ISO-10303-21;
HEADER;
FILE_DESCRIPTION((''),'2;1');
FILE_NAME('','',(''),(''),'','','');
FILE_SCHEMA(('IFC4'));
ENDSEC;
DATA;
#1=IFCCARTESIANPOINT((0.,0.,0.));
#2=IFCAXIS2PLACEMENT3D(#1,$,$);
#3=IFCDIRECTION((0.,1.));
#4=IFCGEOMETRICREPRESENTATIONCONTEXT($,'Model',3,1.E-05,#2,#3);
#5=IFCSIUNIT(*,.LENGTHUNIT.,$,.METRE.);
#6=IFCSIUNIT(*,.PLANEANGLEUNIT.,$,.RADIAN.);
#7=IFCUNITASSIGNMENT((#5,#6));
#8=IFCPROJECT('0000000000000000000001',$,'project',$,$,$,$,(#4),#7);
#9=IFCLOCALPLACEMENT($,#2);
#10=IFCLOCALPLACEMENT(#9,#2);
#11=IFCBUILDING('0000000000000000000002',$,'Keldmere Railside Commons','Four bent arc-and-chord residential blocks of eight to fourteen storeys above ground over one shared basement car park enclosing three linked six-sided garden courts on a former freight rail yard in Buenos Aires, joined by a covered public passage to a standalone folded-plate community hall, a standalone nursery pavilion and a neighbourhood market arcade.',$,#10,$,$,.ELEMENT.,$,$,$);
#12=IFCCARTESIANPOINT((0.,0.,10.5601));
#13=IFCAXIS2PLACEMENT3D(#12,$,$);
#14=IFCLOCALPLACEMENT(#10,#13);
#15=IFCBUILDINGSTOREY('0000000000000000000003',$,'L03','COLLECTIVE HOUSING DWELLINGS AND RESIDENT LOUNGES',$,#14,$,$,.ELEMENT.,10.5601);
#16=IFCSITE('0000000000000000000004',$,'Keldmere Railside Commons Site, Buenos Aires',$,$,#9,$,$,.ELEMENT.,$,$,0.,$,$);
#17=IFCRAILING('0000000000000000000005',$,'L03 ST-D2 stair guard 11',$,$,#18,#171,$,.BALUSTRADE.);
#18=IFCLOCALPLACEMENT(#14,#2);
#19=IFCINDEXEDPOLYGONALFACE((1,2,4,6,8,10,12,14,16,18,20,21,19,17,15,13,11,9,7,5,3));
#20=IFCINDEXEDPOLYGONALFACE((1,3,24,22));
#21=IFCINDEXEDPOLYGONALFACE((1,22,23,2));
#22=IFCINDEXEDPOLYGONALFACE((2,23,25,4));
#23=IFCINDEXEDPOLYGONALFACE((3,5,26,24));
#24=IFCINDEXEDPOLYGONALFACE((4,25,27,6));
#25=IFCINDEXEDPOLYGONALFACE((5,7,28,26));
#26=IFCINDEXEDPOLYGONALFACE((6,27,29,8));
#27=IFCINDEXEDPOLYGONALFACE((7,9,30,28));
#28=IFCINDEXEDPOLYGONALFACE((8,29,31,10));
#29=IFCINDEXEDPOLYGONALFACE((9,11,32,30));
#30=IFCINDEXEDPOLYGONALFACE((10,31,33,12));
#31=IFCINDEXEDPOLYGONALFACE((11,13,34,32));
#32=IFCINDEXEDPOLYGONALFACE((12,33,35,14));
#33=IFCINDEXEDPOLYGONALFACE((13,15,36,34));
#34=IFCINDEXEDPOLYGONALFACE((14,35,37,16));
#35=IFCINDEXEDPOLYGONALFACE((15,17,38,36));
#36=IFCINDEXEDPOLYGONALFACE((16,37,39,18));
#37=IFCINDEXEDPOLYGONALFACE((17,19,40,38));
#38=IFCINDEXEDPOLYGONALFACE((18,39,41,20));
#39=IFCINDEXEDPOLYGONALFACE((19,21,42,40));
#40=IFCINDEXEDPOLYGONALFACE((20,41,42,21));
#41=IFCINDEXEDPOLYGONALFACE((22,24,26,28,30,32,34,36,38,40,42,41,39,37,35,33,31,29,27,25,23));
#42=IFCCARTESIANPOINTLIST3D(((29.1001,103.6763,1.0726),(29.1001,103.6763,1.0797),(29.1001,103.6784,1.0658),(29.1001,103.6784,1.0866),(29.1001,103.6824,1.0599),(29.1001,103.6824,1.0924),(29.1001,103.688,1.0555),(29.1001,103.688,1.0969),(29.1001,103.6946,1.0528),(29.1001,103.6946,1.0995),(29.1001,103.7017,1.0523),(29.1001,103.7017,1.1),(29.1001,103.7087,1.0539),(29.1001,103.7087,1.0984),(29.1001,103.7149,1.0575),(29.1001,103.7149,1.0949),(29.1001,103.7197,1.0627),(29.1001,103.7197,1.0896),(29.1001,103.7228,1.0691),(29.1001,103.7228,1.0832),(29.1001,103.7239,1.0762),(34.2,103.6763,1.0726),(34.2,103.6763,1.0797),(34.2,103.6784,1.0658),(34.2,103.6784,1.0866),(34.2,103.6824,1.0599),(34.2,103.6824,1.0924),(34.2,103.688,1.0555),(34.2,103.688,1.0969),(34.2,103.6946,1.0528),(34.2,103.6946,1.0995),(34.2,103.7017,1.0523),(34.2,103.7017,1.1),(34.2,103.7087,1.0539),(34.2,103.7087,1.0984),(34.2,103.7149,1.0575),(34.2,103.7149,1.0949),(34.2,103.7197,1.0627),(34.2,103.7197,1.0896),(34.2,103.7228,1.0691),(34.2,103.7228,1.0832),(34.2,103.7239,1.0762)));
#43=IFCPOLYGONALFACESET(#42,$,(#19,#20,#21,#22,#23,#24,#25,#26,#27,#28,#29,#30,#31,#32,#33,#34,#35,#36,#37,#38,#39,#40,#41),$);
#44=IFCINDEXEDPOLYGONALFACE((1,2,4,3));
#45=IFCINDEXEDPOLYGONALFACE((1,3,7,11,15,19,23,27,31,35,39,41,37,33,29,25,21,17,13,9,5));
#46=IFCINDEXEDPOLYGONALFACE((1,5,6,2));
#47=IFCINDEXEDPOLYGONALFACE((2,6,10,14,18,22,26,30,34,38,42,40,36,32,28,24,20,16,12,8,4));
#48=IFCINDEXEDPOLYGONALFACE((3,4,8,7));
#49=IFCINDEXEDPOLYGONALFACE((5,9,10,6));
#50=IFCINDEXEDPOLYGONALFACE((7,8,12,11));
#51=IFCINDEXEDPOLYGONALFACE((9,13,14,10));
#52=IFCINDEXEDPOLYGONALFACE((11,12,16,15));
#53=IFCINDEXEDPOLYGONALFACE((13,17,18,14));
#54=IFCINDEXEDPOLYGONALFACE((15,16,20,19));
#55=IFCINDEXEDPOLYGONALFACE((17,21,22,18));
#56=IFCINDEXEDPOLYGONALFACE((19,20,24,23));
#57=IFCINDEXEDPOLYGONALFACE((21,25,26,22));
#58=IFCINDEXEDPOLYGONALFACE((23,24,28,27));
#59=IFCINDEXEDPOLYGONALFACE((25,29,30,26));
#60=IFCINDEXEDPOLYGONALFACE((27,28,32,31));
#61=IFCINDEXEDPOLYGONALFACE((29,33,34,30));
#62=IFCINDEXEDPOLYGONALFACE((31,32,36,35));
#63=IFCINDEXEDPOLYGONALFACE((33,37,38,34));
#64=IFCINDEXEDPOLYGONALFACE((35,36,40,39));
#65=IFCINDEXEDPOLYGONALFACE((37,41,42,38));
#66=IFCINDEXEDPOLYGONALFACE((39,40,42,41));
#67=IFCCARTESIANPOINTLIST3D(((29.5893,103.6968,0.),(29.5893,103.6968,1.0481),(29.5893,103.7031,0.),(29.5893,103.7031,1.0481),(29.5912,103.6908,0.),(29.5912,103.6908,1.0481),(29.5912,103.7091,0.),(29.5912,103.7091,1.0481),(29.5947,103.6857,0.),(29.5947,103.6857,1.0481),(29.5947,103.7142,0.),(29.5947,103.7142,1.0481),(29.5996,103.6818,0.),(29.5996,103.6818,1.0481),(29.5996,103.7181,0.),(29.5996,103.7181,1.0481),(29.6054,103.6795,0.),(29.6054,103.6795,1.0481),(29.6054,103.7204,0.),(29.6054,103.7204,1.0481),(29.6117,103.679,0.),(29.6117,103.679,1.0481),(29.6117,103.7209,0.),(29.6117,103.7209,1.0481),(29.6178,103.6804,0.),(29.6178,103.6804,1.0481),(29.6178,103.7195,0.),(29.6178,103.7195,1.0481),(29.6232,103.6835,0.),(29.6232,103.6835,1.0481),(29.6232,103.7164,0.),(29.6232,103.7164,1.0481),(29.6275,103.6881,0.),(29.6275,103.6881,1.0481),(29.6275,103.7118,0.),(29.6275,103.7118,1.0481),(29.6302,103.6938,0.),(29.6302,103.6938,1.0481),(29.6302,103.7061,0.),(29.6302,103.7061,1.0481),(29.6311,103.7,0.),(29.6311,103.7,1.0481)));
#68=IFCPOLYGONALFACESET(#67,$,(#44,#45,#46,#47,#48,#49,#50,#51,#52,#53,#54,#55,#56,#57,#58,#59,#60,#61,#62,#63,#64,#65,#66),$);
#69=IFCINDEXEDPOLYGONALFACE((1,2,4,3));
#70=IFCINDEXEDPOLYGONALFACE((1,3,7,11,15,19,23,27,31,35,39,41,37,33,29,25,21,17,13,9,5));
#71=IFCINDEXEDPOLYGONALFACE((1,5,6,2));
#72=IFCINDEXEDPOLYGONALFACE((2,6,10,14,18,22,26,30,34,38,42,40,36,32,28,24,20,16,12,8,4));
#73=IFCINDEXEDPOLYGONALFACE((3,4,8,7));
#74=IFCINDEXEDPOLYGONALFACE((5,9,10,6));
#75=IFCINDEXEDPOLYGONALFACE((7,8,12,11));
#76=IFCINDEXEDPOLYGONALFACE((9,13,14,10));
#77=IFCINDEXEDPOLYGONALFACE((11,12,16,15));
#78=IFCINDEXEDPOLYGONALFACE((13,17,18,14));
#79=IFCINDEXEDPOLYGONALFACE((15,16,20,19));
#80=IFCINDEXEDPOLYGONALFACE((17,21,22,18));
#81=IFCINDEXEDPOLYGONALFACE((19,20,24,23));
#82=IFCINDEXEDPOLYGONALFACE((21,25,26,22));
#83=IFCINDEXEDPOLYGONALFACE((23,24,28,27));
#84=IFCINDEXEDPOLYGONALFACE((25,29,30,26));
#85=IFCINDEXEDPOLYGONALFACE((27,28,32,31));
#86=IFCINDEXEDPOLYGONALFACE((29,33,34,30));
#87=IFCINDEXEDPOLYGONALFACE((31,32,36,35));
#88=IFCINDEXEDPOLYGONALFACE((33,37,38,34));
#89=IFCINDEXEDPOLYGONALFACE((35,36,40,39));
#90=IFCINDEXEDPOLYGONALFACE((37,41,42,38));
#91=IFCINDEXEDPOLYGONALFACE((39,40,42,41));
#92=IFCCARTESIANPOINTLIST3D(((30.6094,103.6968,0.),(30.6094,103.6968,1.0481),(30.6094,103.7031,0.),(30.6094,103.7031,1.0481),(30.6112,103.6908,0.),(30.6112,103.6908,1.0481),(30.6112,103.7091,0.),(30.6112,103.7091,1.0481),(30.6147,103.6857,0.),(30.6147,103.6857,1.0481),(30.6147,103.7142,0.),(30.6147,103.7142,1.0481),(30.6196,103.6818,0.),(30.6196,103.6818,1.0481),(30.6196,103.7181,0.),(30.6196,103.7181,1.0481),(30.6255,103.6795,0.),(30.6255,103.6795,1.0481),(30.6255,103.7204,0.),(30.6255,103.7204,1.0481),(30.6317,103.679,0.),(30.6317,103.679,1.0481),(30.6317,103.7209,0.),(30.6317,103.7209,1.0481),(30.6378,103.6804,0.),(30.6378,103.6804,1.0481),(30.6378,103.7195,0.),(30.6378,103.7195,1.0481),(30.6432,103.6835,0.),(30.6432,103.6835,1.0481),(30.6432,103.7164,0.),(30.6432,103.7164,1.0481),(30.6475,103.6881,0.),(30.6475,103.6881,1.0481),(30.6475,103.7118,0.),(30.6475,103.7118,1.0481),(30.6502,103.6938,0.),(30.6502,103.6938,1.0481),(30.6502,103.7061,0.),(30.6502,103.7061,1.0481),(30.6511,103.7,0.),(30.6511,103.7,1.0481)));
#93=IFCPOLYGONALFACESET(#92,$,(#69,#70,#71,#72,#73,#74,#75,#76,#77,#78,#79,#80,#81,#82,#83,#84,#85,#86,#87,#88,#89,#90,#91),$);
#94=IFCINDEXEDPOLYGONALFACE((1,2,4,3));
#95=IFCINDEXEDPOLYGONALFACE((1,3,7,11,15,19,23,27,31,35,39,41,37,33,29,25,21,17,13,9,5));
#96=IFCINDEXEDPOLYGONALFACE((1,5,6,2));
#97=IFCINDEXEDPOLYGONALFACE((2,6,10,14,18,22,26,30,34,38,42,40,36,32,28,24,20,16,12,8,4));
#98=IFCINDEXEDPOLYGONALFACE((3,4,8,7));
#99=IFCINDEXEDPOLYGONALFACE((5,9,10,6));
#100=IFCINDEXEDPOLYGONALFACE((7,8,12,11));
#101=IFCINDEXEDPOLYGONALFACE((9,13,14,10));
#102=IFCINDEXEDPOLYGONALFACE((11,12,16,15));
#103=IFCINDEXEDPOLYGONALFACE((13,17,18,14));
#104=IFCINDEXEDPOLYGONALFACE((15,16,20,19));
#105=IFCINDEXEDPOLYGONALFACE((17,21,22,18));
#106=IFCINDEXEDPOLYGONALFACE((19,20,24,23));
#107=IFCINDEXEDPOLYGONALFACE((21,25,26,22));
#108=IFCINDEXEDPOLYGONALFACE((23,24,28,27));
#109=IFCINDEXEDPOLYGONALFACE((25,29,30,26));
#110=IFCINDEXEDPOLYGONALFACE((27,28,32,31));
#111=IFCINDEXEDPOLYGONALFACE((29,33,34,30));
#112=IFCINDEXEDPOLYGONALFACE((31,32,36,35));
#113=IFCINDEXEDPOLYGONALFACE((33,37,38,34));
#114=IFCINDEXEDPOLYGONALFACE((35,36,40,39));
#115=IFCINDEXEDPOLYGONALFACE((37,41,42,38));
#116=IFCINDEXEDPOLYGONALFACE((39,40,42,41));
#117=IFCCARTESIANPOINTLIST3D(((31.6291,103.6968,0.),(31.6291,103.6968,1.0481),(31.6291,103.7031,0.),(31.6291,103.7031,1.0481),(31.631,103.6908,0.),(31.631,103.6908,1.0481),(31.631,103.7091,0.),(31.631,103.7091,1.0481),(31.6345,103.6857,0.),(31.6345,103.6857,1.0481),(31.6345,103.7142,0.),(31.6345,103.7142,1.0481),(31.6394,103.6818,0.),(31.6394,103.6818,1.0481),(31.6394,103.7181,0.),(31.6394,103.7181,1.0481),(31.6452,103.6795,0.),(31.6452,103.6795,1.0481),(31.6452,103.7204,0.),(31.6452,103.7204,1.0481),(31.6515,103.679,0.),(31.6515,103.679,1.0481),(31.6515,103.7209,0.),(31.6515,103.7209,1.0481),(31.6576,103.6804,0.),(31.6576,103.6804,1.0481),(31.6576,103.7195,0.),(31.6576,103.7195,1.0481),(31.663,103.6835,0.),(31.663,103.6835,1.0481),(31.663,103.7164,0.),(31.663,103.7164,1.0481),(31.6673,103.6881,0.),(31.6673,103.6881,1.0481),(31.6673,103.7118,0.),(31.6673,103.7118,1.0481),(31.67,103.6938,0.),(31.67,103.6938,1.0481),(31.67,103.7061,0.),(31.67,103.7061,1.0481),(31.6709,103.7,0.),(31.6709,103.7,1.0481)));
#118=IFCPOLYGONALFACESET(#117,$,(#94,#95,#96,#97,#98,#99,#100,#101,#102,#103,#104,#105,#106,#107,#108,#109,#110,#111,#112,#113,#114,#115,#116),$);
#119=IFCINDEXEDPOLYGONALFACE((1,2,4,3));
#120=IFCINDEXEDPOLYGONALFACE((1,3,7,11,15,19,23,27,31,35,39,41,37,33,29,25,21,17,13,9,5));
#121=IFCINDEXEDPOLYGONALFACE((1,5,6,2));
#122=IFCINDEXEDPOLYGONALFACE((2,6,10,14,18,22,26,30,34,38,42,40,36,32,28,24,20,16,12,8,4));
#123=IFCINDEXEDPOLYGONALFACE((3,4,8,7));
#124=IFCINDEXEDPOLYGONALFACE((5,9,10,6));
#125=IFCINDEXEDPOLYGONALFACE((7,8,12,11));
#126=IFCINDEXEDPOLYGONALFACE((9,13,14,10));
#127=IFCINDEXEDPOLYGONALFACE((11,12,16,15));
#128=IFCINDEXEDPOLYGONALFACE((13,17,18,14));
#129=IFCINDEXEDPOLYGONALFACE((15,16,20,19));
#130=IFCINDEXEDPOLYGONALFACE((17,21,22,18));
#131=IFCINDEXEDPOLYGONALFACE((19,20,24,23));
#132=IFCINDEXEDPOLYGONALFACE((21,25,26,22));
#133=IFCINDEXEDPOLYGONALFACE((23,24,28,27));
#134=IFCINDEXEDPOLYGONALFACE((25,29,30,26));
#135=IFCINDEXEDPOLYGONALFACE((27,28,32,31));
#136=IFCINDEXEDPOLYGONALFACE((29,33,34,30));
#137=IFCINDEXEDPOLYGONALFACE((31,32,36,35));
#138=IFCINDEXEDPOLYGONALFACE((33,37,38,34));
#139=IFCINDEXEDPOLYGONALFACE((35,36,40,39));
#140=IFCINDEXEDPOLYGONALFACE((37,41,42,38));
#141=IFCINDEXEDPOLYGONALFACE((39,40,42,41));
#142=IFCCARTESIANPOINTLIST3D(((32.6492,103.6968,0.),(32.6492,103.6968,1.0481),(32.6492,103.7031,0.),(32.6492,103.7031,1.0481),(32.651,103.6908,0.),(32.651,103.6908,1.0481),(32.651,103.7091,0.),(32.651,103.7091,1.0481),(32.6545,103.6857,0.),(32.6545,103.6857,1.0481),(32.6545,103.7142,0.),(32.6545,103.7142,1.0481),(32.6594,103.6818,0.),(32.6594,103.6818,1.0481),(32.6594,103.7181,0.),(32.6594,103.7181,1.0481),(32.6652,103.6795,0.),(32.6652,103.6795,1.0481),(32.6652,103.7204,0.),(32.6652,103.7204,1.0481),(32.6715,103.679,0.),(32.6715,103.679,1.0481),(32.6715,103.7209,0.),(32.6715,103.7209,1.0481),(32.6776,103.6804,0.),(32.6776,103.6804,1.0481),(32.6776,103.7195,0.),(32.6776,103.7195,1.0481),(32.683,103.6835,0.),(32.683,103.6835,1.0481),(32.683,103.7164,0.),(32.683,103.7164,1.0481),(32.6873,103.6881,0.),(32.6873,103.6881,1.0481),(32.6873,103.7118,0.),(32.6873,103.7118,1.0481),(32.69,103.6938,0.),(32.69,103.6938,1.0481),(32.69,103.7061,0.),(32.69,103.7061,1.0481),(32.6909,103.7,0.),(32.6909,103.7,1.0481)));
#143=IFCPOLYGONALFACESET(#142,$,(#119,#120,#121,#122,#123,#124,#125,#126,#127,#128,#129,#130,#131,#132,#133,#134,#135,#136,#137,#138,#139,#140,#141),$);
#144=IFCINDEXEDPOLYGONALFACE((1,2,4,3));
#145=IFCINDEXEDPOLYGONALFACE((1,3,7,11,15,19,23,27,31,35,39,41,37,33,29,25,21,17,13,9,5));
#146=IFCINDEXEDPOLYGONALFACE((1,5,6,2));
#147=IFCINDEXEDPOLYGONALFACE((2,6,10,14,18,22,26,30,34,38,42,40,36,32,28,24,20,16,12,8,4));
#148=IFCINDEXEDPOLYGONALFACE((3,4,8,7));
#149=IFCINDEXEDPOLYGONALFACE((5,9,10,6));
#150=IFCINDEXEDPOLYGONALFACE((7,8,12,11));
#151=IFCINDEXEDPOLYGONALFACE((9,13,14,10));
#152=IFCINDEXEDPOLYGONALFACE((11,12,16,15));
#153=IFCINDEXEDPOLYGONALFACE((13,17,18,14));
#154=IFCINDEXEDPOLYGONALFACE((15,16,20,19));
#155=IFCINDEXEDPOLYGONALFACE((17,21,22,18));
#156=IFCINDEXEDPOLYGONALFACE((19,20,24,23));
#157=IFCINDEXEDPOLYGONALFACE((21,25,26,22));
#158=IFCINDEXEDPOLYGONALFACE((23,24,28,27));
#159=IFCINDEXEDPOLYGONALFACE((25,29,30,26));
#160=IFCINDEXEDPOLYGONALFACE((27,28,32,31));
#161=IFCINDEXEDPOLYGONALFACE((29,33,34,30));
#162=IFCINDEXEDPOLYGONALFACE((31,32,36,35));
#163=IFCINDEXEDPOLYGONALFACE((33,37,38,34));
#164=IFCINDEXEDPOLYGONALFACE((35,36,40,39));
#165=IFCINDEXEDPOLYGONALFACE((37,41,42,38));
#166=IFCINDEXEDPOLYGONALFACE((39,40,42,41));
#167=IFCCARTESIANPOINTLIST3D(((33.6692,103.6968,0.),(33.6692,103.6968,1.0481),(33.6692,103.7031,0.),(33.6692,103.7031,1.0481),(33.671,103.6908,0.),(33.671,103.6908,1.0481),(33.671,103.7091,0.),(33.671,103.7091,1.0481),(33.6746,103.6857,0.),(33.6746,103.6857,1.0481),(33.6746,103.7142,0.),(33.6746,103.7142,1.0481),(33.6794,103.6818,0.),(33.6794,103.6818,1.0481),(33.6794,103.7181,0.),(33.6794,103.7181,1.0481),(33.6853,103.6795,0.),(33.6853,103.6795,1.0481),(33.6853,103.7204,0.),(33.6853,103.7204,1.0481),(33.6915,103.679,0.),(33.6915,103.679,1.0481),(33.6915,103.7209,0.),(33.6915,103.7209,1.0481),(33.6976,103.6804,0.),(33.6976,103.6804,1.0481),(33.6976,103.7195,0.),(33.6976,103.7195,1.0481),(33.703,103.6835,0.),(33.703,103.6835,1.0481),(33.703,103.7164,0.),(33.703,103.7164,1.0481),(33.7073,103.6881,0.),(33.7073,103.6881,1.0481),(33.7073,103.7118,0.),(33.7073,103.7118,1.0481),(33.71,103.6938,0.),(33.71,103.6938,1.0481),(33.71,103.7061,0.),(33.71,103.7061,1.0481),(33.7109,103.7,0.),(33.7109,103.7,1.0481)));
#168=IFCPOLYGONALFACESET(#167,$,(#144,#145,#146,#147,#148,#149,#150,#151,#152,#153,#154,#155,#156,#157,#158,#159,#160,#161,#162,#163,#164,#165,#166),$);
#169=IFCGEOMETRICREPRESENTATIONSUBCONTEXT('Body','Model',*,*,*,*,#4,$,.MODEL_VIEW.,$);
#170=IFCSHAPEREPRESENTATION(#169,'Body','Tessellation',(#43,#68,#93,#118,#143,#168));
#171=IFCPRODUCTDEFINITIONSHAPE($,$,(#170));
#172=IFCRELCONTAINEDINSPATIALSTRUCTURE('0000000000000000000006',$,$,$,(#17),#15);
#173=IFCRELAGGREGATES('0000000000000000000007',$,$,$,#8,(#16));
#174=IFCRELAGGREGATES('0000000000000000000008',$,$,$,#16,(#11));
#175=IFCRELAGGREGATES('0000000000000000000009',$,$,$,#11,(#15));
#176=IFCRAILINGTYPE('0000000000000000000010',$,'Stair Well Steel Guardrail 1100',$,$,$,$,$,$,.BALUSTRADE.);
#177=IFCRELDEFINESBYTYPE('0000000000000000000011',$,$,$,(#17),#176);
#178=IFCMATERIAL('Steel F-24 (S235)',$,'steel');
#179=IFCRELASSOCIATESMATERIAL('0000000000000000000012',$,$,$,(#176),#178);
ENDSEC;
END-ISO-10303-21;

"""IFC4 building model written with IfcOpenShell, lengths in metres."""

from ifc_helpers import new_model, si_unit, direction, frame, origin, origin_2d, place, context, subcontext, project, spatial, circle, extrude, material, type_object, element, save


model = new_model("IFC4")

# Units and contexts
model_context = context("Model", 3, precision=1e-05, world=origin(), true_north=direction((0.0, 1.0)))
body_context = subcontext(model_context, "Body", "Model", "MODEL_VIEW")
ifc_project = project(units=[si_unit("LENGTHUNIT", "METRE"), si_unit("PLANEANGLEUNIT", "RADIAN")], contexts=[model_context])

# Site, building, storey
site_placement = place(None, origin())
site = spatial("IfcSite", under=ifc_project, at=site_placement, Name="Keldmere Railside Commons Site, Buenos Aires", CompositionType="ELEMENT", RefElevation=0.0)
building_placement = place(site_placement, origin())
building = spatial("IfcBuilding", under=site, at=building_placement, Name="Keldmere Railside Commons", Description="Four bent arc-and-chord residential blocks of eight to fourteen storeys above ground over one shared basement car park enclosing three linked six-sided garden courts on a former freight rail yard in Buenos Aires, joined by a covered public passage to a standalone folded-plate community hall, a standalone nursery pavilion and a neighbourhood market arcade.", CompositionType="ELEMENT")
storey_placement = place(building_placement, frame((0.0, 0.0, 10.5601)))
storey = spatial("IfcBuildingStorey", under=building, at=storey_placement, Name="L03", Description="COLLECTIVE HOUSING DWELLINGS AND RESIDENT LOUNGES", CompositionType="ELEMENT", Elevation=10.5601)

# Shared definitions
ifc_material_1 = material(Name="Steel F-24 (S235)", Category="steel")

# Railing
railing_type_1 = type_object("IfcRailingType", Name="Stair Well Steel Guardrail 1100", PredefinedType="BALUSTRADE", material=ifc_material_1)
railing_1_placement = place(storey_placement, frame((29.1001, 103.7, 0.0)))
element("IfcRailing", 1, at=railing_1_placement, inside=storey, type_object=railing_type_1, Name="L03 ST-D2 stair guard 11", PredefinedType="BALUSTRADE", context=body_context, shape_type="SweptSolid", body=[
    extrude(circle(Radius=0.0239, at=origin_2d()), frame((0.0, 0.0, 1.0762), z_axis=(1.0, 0.0, 0.0), x_axis=(0.0, 1.0, 0.0)), (0.0, 0.0, 1.0), 5.0999),
    extrude(circle(Radius=0.021, at=origin_2d()), frame((0.51, 0.0, 0.0)), (0.0, 0.0, 1.0), 1.0481),
    extrude(circle(Radius=0.021, at=origin_2d()), frame((1.53, 0.0, 0.0)), (0.0, 0.0, 1.0), 1.0481),
    extrude(circle(Radius=0.021, at=origin_2d()), frame((2.5498, 0.0, 0.0)), (0.0, 0.0, 1.0), 1.0481),
    extrude(circle(Radius=0.021, at=origin_2d()), frame((3.5698, 0.0, 0.0)), (0.0, 0.0, 1.0), 1.0481),
    extrude(circle(Radius=0.021, at=origin_2d()), frame((4.5898, 0.0, 0.0)), (0.0, 0.0, 1.0), 1.0481),
])

save(model, "model.ifc")
